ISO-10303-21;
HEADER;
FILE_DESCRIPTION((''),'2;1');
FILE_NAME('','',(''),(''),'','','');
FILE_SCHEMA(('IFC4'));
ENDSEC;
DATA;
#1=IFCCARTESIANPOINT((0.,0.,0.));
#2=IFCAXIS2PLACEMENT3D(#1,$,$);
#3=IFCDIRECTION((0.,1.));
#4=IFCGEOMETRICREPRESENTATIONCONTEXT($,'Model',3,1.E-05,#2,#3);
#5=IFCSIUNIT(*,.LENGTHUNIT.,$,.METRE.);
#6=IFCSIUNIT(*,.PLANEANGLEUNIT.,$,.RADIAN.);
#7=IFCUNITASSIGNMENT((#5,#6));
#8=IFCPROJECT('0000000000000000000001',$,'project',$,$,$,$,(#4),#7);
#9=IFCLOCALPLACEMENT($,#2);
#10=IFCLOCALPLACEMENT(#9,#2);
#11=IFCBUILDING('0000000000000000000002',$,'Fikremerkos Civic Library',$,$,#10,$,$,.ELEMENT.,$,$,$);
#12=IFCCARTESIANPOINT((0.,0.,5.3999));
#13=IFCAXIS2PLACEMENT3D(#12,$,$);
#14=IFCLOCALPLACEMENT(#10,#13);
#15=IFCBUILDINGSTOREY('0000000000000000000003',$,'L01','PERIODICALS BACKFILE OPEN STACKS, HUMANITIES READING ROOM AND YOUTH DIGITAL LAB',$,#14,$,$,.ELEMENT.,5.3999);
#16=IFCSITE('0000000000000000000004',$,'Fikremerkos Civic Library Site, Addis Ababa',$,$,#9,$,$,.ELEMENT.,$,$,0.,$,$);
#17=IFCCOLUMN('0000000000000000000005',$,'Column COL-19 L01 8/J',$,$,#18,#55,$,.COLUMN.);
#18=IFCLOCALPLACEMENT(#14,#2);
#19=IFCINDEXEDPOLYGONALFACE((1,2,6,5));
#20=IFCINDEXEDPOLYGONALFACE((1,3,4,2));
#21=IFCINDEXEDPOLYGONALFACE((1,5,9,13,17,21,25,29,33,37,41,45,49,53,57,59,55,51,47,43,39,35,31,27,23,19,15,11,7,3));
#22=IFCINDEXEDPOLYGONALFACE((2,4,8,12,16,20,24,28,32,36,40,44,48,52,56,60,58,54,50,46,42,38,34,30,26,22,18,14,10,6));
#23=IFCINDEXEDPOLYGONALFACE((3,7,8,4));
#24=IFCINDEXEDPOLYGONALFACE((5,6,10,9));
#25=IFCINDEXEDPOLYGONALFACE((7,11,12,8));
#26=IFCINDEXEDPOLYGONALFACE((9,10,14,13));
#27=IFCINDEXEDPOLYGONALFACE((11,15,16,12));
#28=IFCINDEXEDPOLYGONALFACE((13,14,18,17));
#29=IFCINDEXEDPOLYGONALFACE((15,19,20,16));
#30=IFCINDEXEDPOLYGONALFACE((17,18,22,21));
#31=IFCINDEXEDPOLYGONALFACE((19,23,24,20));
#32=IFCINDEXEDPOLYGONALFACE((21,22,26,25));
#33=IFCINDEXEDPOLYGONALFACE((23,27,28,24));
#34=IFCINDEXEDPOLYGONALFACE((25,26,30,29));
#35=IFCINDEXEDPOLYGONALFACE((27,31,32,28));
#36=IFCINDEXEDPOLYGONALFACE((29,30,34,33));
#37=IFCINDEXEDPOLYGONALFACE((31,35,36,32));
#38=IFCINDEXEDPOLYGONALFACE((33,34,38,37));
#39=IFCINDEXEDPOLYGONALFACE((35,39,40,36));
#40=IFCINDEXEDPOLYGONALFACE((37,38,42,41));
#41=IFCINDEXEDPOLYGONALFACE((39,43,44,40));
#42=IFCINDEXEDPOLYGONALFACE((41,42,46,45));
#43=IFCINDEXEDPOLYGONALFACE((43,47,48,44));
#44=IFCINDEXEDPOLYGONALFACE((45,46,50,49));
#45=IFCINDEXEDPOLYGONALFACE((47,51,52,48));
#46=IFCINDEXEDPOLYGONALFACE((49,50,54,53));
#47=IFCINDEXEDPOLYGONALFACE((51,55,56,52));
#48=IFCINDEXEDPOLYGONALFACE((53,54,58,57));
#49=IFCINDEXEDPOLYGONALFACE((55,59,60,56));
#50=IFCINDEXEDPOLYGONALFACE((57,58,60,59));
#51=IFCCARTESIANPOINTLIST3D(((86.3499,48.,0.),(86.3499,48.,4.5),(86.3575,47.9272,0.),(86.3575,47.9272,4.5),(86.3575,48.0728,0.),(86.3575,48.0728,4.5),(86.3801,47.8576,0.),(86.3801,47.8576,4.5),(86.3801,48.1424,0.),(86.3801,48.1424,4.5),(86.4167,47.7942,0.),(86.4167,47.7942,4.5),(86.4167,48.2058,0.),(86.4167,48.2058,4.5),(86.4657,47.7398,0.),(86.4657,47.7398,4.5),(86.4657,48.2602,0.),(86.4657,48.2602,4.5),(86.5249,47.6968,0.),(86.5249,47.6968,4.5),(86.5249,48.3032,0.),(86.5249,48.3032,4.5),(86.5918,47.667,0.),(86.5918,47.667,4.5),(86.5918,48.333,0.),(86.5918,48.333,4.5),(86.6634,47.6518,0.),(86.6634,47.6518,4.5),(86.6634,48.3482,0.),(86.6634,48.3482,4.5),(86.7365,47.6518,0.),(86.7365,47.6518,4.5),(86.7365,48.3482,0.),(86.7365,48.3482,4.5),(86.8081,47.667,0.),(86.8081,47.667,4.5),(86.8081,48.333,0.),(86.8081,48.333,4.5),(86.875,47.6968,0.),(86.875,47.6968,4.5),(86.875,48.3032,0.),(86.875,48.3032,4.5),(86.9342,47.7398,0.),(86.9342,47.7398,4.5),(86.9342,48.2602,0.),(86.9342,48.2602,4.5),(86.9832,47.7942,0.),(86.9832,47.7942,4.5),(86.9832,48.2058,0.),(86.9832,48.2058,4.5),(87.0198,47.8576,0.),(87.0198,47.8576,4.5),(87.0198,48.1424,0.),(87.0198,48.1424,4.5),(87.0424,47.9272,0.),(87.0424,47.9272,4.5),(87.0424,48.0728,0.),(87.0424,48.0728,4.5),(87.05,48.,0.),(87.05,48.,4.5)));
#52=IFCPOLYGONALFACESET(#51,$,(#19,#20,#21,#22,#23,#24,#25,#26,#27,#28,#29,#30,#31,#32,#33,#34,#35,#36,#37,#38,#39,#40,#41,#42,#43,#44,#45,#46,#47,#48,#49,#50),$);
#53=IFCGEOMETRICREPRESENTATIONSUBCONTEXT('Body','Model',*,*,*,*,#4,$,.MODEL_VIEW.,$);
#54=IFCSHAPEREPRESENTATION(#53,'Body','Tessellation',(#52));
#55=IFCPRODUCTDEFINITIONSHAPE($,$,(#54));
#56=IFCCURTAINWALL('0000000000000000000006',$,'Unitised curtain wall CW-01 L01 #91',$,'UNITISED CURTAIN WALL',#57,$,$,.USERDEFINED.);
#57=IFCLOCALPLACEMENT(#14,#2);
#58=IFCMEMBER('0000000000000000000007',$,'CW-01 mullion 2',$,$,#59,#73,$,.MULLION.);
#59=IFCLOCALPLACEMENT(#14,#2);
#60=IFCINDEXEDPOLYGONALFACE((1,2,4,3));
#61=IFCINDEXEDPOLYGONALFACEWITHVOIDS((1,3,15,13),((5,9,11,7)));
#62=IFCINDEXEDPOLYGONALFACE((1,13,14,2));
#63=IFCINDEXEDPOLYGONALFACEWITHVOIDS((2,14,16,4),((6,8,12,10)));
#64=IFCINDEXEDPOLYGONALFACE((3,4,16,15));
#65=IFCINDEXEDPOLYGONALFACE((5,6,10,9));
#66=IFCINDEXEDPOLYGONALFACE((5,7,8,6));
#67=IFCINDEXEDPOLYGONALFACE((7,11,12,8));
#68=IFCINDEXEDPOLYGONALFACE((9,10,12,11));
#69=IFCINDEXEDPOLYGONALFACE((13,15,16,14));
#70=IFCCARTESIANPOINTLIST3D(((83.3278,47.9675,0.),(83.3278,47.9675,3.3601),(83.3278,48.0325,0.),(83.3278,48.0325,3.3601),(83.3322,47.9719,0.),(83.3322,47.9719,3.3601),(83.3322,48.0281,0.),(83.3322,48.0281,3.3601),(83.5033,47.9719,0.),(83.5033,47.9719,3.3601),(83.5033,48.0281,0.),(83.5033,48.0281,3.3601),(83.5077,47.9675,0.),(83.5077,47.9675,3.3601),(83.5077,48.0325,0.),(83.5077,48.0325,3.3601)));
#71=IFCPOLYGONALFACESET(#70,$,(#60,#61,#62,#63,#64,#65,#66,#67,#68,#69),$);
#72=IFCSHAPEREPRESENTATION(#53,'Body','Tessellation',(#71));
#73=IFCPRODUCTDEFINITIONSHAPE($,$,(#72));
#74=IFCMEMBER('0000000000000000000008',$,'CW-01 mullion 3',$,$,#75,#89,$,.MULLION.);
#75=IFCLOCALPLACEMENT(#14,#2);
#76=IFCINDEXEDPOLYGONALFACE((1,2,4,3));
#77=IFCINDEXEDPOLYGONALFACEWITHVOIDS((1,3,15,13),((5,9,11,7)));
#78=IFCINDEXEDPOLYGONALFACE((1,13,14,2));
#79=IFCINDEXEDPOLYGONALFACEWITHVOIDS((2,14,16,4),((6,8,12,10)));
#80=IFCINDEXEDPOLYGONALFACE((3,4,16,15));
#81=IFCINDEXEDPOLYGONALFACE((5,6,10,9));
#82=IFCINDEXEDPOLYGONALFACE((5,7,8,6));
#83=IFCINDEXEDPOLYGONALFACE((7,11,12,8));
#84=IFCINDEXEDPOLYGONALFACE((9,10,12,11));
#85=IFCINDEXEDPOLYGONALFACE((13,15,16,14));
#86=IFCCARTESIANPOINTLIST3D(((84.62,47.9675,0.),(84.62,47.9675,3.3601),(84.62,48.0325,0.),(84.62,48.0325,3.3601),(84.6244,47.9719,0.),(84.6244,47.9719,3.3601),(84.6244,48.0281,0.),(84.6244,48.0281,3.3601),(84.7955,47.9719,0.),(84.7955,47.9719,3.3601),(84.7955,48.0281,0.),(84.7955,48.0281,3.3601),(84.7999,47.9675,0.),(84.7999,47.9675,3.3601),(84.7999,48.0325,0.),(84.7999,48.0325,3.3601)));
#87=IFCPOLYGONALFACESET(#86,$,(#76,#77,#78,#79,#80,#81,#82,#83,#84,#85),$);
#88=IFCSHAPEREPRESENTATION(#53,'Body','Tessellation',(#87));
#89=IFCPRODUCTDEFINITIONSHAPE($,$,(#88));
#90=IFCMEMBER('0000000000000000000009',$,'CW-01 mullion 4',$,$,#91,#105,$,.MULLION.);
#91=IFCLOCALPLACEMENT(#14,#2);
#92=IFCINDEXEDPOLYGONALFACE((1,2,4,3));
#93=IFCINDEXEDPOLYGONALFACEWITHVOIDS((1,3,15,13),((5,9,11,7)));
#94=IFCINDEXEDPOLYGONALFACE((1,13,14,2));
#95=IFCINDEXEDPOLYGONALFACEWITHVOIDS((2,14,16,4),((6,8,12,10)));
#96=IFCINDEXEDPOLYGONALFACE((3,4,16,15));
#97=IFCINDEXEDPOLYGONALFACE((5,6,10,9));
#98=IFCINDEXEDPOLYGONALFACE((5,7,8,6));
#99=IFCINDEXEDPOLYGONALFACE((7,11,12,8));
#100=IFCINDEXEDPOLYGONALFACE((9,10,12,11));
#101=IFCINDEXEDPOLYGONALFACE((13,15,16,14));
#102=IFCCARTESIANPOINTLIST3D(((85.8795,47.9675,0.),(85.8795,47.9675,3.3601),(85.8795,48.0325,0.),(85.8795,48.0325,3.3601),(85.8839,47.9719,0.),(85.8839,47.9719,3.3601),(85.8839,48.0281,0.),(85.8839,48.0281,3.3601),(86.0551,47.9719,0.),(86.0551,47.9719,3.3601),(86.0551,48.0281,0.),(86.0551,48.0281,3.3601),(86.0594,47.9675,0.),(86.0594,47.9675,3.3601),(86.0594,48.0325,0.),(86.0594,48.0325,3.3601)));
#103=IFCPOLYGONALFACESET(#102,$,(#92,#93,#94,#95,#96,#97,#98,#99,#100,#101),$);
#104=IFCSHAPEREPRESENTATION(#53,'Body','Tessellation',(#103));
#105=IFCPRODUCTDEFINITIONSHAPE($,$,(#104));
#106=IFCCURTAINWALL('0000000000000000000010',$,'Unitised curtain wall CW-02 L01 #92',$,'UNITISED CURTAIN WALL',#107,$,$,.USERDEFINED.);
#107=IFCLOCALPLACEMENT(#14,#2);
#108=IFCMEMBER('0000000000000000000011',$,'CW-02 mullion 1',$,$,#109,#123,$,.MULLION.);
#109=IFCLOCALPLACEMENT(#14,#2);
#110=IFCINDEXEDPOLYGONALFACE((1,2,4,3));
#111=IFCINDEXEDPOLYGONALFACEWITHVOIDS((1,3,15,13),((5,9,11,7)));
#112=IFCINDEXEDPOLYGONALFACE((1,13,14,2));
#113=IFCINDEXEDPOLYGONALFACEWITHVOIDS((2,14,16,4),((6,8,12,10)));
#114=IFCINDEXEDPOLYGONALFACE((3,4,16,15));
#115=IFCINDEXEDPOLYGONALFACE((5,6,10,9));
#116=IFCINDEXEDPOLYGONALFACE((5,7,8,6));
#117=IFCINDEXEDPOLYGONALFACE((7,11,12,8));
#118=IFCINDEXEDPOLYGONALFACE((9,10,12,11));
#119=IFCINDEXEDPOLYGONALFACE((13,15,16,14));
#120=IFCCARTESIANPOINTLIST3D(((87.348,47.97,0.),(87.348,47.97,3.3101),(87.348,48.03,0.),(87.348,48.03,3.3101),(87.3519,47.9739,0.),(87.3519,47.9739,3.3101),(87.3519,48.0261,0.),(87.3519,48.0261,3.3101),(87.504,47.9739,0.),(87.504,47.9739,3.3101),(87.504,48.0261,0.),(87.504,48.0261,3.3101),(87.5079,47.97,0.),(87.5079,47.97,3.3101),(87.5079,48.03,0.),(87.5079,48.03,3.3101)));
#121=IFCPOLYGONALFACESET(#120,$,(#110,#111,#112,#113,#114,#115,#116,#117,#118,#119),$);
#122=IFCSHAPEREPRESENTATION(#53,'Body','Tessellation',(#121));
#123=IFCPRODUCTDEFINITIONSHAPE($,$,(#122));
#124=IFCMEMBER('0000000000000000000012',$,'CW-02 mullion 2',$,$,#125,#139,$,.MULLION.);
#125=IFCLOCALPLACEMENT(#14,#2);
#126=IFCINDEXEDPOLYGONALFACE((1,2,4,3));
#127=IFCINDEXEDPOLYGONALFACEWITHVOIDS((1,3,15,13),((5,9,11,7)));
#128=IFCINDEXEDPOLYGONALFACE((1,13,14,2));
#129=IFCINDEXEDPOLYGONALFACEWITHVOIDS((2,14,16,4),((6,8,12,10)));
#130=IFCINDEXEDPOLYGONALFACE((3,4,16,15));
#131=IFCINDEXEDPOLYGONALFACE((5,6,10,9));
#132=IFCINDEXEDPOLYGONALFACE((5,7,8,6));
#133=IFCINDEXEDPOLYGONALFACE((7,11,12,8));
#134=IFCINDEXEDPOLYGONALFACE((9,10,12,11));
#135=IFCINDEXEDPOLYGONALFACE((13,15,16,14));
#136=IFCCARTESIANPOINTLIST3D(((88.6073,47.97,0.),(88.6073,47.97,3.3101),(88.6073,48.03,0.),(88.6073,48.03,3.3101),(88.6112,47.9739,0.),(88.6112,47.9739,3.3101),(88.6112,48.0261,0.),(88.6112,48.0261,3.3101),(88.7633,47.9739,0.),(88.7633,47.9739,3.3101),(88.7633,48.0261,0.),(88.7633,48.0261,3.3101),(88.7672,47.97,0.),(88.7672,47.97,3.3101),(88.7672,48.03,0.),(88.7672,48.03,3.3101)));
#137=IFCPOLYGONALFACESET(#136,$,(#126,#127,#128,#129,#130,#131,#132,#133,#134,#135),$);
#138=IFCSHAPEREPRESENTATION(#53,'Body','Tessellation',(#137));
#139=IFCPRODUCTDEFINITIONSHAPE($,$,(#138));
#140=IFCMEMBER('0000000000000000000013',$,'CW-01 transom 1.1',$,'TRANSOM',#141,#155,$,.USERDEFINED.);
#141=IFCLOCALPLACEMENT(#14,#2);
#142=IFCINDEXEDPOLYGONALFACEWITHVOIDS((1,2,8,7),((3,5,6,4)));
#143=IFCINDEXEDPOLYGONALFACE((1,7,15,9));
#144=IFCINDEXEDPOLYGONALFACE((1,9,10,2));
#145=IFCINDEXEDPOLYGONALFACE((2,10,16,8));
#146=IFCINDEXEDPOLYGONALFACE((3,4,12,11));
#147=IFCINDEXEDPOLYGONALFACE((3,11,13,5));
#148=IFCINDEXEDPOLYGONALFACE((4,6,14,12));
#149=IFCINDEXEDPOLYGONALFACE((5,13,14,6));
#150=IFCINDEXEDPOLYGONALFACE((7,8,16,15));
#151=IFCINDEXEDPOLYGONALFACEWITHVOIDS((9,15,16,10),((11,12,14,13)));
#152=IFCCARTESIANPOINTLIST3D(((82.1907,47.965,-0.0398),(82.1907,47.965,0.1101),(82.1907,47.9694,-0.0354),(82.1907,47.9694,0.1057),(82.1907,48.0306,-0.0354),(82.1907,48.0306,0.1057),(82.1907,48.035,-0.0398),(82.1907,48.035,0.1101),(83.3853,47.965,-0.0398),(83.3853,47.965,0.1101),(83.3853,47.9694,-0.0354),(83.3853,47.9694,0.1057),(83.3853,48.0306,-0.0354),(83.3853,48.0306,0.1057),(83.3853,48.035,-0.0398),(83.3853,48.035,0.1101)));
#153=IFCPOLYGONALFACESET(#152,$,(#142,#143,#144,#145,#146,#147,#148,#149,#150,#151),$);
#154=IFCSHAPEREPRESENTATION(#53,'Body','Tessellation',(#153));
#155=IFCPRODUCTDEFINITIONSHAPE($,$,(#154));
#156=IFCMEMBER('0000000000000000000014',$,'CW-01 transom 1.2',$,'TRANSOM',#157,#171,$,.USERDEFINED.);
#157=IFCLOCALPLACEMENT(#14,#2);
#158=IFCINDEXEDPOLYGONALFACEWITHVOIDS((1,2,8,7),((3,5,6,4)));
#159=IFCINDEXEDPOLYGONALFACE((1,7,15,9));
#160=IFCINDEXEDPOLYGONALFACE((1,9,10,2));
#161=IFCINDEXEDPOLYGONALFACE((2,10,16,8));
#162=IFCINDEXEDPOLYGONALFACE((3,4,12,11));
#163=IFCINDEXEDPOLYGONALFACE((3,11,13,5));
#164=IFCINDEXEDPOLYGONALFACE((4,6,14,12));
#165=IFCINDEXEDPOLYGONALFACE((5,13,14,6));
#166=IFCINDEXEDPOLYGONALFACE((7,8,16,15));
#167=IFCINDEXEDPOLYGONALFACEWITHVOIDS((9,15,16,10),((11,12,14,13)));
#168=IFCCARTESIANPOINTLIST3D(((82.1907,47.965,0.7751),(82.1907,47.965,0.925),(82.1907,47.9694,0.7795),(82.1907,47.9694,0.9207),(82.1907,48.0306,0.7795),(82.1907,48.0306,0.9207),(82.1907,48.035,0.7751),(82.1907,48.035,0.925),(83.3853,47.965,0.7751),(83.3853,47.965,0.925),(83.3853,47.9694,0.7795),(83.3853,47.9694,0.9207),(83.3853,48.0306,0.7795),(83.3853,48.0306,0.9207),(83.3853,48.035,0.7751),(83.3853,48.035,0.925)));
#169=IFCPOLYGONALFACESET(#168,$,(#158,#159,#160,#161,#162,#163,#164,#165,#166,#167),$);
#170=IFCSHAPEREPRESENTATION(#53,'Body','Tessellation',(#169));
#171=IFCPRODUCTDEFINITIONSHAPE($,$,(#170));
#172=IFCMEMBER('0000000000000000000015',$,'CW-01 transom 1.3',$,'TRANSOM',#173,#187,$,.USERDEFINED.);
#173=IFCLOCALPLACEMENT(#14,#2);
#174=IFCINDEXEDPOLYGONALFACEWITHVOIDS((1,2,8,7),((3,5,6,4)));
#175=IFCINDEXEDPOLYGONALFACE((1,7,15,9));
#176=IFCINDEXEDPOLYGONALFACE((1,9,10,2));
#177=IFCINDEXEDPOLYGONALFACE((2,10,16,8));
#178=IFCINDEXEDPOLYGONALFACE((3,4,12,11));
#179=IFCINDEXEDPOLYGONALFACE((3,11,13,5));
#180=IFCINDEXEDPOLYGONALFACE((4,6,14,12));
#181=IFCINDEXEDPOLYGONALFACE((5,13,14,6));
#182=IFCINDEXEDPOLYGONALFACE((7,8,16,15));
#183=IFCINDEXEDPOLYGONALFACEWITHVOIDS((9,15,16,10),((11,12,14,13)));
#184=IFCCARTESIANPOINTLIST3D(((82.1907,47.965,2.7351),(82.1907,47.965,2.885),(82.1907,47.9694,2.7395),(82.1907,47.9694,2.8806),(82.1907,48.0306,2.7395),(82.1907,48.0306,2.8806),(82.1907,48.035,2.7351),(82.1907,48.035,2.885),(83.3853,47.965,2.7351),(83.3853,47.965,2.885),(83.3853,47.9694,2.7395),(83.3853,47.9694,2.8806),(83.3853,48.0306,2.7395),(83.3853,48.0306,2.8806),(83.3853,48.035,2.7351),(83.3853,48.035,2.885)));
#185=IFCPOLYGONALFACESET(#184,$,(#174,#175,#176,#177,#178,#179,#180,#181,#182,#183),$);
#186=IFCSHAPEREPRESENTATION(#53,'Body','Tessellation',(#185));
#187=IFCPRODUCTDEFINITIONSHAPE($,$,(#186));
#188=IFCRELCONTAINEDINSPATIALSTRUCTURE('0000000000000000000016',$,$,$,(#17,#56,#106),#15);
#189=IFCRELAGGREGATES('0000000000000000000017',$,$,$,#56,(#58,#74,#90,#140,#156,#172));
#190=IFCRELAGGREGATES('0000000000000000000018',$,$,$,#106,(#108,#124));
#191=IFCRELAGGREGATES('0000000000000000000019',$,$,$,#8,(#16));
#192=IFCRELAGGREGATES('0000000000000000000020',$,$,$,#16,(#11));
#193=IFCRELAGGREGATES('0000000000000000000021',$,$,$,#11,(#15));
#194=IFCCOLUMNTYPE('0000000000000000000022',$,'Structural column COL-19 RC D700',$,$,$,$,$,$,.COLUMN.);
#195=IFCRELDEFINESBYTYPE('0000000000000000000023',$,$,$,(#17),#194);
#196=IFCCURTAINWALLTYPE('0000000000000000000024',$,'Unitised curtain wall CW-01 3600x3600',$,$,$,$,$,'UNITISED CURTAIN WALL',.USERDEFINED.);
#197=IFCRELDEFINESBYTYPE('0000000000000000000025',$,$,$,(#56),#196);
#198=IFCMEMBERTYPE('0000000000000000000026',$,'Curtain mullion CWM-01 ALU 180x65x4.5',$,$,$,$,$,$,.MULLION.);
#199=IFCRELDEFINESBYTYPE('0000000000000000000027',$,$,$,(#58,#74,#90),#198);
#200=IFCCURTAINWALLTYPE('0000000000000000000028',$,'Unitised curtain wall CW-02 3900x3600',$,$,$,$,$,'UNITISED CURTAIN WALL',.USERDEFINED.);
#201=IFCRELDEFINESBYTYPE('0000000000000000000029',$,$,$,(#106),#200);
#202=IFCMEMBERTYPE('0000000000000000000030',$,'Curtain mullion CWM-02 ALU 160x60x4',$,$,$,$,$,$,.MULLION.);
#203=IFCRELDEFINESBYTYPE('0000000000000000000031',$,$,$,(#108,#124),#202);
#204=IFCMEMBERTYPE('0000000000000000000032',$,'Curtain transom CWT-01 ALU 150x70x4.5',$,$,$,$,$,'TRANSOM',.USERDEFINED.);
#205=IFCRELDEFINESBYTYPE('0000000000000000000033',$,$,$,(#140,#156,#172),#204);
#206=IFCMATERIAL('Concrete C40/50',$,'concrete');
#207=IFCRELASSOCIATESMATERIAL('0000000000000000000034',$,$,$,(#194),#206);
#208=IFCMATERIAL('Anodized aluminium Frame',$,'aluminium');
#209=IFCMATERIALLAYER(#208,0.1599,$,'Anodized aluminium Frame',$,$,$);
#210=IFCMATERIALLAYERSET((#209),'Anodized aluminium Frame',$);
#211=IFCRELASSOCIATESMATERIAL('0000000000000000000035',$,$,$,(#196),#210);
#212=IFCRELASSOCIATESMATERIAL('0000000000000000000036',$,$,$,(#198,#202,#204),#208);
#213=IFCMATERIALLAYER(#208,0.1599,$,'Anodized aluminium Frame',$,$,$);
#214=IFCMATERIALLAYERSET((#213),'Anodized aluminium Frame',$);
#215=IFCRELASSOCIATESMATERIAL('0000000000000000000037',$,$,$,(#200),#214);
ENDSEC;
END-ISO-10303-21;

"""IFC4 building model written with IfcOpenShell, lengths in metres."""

from ifc_helpers import new_model, si_unit, direction, frame, origin, origin_2d, place, context, subcontext, project, spatial, hollow_rectangle, circle, extrude, material, layer, layer_set, material_profile, profile_set, type_object, element, aggregate, save


model = new_model("IFC4")

# Units and contexts
model_context = context("Model", 3, precision=1e-05, world=origin(), true_north=direction((0.0, 1.0)))
body_context = subcontext(model_context, "Body", "Model", "MODEL_VIEW")
ifc_project = project(units=[si_unit("LENGTHUNIT", "METRE"), si_unit("PLANEANGLEUNIT", "RADIAN")], contexts=[model_context])

# Site, building, storey
site_placement = place(None, origin())
site = spatial("IfcSite", under=ifc_project, at=site_placement, Name="Fikremerkos Civic Library Site, Addis Ababa", CompositionType="ELEMENT", RefElevation=0.0)
building_placement = place(site_placement, origin())
building = spatial("IfcBuilding", under=site, at=building_placement, Name="Fikremerkos Civic Library", CompositionType="ELEMENT")
storey_placement = place(building_placement, frame((0.0, 0.0, 5.3999)))
storey = spatial("IfcBuildingStorey", under=building, at=storey_placement, Name="L01", Description="PERIODICALS BACKFILE OPEN STACKS, HUMANITIES READING ROOM AND YOUTH DIGITAL LAB", CompositionType="ELEMENT", Elevation=5.3999)

# Column
ifc_material_1 = material(Name="Concrete C40/50", Category="concrete")
ifc_material_profile_1 = material_profile(ifc_material_1, circle(Radius=0.3501, at=origin_2d()), Name="RC D700")
ifc_profile_set_1 = profile_set([ifc_material_profile_1], Name="Concrete C40/50")
column_type = type_object("IfcColumnType", Name="Structural column COL-19 RC D700", PredefinedType="COLUMN", material=ifc_profile_set_1)
column_placement = place(storey_placement, frame((86.7, 48.0, 0.0), z_axis=(0.0, 0.0, 1.0), x_axis=(1.0, 0.0, 0.0)))
element("IfcColumn", 1, at=column_placement, inside=storey, type_object=column_type, Name="Column COL-19 L01 8/J", PredefinedType="COLUMN", context=body_context, shape_type="SweptSolid", body=[
    extrude(circle(Radius=0.3501, at=origin_2d()), origin(), (0.0, 0.0, 1.0), 4.5),
])

# Curtain walls, members
ifc_material_2 = material(Name="Anodized aluminium Frame", Category="aluminium")
ifc_layer_1 = layer(ifc_material_2, 0.1599, Name="Anodized aluminium Frame")
ifc_layer_set_1 = layer_set([ifc_layer_1], Name="Anodized aluminium Frame")
curtain_wall_type_1 = type_object("IfcCurtainWallType", Name="Unitised curtain wall CW-01 3600x3600", ElementType="UNITISED CURTAIN WALL", PredefinedType="USERDEFINED", material=ifc_layer_set_1)
curtain_wall_1_placement = place(storey_placement, origin())
curtain_wall_1 = element("IfcCurtainWall", 2, at=curtain_wall_1_placement, inside=storey, type_object=curtain_wall_type_1, Name="Unitised curtain wall CW-01 L01 #91", ObjectType="UNITISED CURTAIN WALL", PredefinedType="USERDEFINED")
ifc_material_profile_2 = material_profile(ifc_material_2, hollow_rectangle(XDim=0.0649, YDim=0.1799, WallThickness=0.0044, at=origin_2d()), Name="ALU 180x65x4.5")
ifc_profile_set_2 = profile_set([ifc_material_profile_2], Name="Anodized aluminium Frame")
member_type_1 = type_object("IfcMemberType", Name="Curtain mullion CWM-01 ALU 180x65x4.5", PredefinedType="MULLION", material=ifc_profile_set_2)
member_1_placement = place(storey_placement, frame((83.4177, 48.0, 0.0), z_axis=(0.0, 0.0, 1.0), x_axis=(0.0, 1.0, 0.0)))
member_1 = element("IfcMember", 3, at=member_1_placement, type_object=member_type_1, Name="CW-01 mullion 2", PredefinedType="MULLION", context=body_context, shape_type="SweptSolid", body=[
    extrude(hollow_rectangle(XDim=0.0649, YDim=0.1799, WallThickness=0.0044, at=origin_2d()), origin(), (0.0, 0.0, 1.0), 3.3601),
])
member_2_placement = place(storey_placement, frame((84.71, 48.0, 0.0), z_axis=(0.0, 0.0, 1.0), x_axis=(0.0, 1.0, 0.0)))
member_2 = element("IfcMember", 4, at=member_2_placement, type_object=member_type_1, Name="CW-01 mullion 3", PredefinedType="MULLION", context=body_context, shape_type="SweptSolid", body=[
    extrude(hollow_rectangle(XDim=0.0649, YDim=0.1799, WallThickness=0.0044, at=origin_2d()), origin(), (0.0, 0.0, 1.0), 3.3601),
])
member_3_placement = place(storey_placement, frame((85.9695, 48.0, 0.0), z_axis=(0.0, 0.0, 1.0), x_axis=(0.0, 1.0, 0.0)))
member_3 = element("IfcMember", 5, at=member_3_placement, type_object=member_type_1, Name="CW-01 mullion 4", PredefinedType="MULLION", context=body_context, shape_type="SweptSolid", body=[
    extrude(hollow_rectangle(XDim=0.0649, YDim=0.1799, WallThickness=0.0044, at=origin_2d()), origin(), (0.0, 0.0, 1.0), 3.3601),
])
ifc_layer_2 = layer(ifc_material_2, 0.1599, Name="Anodized aluminium Frame")
ifc_layer_set_2 = layer_set([ifc_layer_2], Name="Anodized aluminium Frame")
curtain_wall_type_2 = type_object("IfcCurtainWallType", Name="Unitised curtain wall CW-02 3900x3600", ElementType="UNITISED CURTAIN WALL", PredefinedType="USERDEFINED", material=ifc_layer_set_2)
curtain_wall_2_placement = place(storey_placement, origin())
curtain_wall_2 = element("IfcCurtainWall", 6, at=curtain_wall_2_placement, inside=storey, type_object=curtain_wall_type_2, Name="Unitised curtain wall CW-02 L01 #92", ObjectType="UNITISED CURTAIN WALL", PredefinedType="USERDEFINED")
ifc_material_profile_3 = material_profile(ifc_material_2, hollow_rectangle(XDim=0.0601, YDim=0.1599, WallThickness=0.0039, at=origin_2d()), Name="ALU 160x60x4")
ifc_profile_set_3 = profile_set([ifc_material_profile_3], Name="Anodized aluminium Frame")
member_type_2 = type_object("IfcMemberType", Name="Curtain mullion CWM-02 ALU 160x60x4", PredefinedType="MULLION", material=ifc_profile_set_3)
member_4_placement = place(storey_placement, frame((87.428, 48.0, 0.0), z_axis=(0.0, 0.0, 1.0), x_axis=(0.0, 1.0, 0.0)))
member_4 = element("IfcMember", 7, at=member_4_placement, type_object=member_type_2, Name="CW-02 mullion 1", PredefinedType="MULLION", context=body_context, shape_type="SweptSolid", body=[
    extrude(hollow_rectangle(XDim=0.0601, YDim=0.1599, WallThickness=0.0039, at=origin_2d()), origin(), (0.0, 0.0, 1.0), 3.3101),
])
member_5_placement = place(storey_placement, frame((88.6873, 48.0, 0.0), z_axis=(0.0, 0.0, 1.0), x_axis=(0.0, 1.0, 0.0)))
member_5 = element("IfcMember", 8, at=member_5_placement, type_object=member_type_2, Name="CW-02 mullion 2", PredefinedType="MULLION", context=body_context, shape_type="SweptSolid", body=[
    extrude(hollow_rectangle(XDim=0.0601, YDim=0.1599, WallThickness=0.0039, at=origin_2d()), origin(), (0.0, 0.0, 1.0), 3.3101),
])

# Members
ifc_material_profile_4 = material_profile(ifc_material_2, hollow_rectangle(XDim=0.0701, YDim=0.1499, WallThickness=0.0044, at=origin_2d()), Name="ALU 150x70x4.5")
ifc_profile_set_4 = profile_set([ifc_material_profile_4], Name="Anodized aluminium Frame")
member_type_3 = type_object("IfcMemberType", Name="Curtain transom CWT-01 ALU 150x70x4.5", ElementType="TRANSOM", PredefinedType="USERDEFINED", material=ifc_profile_set_4)
member_6_placement = place(storey_placement, frame((82.1907, 48.0, 0.0352), z_axis=(1.0, 0.0, 0.0), x_axis=(0.0, 1.0, 0.0)))
member_6 = element("IfcMember", 9, at=member_6_placement, type_object=member_type_3, Name="CW-01 transom 1.1", ObjectType="TRANSOM", PredefinedType="USERDEFINED", context=body_context, shape_type="SweptSolid", body=[
    extrude(hollow_rectangle(XDim=0.0701, YDim=0.1499, WallThickness=0.0044, at=origin_2d()), origin(), (0.0, 0.0, 1.0), 1.1946),
])
member_7_placement = place(storey_placement, frame((82.1907, 48.0, 0.8501), z_axis=(1.0, 0.0, 0.0), x_axis=(0.0, 1.0, 0.0)))
member_7 = element("IfcMember", 10, at=member_7_placement, type_object=member_type_3, Name="CW-01 transom 1.2", ObjectType="TRANSOM", PredefinedType="USERDEFINED", context=body_context, shape_type="SweptSolid", body=[
    extrude(hollow_rectangle(XDim=0.0701, YDim=0.1499, WallThickness=0.0044, at=origin_2d()), origin(), (0.0, 0.0, 1.0), 1.1946),
])
member_8_placement = place(storey_placement, frame((82.1907, 48.0, 2.8101), z_axis=(1.0, 0.0, 0.0), x_axis=(0.0, 1.0, 0.0)))
member_8 = element("IfcMember", 11, at=member_8_placement, type_object=member_type_3, Name="CW-01 transom 1.3", ObjectType="TRANSOM", PredefinedType="USERDEFINED", context=body_context, shape_type="SweptSolid", body=[
    extrude(hollow_rectangle(XDim=0.0701, YDim=0.1499, WallThickness=0.0044, at=origin_2d()), origin(), (0.0, 0.0, 1.0), 1.1946),
])

aggregate(curtain_wall_1, [member_1, member_2, member_3, member_6, member_7, member_8])
aggregate(curtain_wall_2, [member_4, member_5])

save(model, "model.ifc")
